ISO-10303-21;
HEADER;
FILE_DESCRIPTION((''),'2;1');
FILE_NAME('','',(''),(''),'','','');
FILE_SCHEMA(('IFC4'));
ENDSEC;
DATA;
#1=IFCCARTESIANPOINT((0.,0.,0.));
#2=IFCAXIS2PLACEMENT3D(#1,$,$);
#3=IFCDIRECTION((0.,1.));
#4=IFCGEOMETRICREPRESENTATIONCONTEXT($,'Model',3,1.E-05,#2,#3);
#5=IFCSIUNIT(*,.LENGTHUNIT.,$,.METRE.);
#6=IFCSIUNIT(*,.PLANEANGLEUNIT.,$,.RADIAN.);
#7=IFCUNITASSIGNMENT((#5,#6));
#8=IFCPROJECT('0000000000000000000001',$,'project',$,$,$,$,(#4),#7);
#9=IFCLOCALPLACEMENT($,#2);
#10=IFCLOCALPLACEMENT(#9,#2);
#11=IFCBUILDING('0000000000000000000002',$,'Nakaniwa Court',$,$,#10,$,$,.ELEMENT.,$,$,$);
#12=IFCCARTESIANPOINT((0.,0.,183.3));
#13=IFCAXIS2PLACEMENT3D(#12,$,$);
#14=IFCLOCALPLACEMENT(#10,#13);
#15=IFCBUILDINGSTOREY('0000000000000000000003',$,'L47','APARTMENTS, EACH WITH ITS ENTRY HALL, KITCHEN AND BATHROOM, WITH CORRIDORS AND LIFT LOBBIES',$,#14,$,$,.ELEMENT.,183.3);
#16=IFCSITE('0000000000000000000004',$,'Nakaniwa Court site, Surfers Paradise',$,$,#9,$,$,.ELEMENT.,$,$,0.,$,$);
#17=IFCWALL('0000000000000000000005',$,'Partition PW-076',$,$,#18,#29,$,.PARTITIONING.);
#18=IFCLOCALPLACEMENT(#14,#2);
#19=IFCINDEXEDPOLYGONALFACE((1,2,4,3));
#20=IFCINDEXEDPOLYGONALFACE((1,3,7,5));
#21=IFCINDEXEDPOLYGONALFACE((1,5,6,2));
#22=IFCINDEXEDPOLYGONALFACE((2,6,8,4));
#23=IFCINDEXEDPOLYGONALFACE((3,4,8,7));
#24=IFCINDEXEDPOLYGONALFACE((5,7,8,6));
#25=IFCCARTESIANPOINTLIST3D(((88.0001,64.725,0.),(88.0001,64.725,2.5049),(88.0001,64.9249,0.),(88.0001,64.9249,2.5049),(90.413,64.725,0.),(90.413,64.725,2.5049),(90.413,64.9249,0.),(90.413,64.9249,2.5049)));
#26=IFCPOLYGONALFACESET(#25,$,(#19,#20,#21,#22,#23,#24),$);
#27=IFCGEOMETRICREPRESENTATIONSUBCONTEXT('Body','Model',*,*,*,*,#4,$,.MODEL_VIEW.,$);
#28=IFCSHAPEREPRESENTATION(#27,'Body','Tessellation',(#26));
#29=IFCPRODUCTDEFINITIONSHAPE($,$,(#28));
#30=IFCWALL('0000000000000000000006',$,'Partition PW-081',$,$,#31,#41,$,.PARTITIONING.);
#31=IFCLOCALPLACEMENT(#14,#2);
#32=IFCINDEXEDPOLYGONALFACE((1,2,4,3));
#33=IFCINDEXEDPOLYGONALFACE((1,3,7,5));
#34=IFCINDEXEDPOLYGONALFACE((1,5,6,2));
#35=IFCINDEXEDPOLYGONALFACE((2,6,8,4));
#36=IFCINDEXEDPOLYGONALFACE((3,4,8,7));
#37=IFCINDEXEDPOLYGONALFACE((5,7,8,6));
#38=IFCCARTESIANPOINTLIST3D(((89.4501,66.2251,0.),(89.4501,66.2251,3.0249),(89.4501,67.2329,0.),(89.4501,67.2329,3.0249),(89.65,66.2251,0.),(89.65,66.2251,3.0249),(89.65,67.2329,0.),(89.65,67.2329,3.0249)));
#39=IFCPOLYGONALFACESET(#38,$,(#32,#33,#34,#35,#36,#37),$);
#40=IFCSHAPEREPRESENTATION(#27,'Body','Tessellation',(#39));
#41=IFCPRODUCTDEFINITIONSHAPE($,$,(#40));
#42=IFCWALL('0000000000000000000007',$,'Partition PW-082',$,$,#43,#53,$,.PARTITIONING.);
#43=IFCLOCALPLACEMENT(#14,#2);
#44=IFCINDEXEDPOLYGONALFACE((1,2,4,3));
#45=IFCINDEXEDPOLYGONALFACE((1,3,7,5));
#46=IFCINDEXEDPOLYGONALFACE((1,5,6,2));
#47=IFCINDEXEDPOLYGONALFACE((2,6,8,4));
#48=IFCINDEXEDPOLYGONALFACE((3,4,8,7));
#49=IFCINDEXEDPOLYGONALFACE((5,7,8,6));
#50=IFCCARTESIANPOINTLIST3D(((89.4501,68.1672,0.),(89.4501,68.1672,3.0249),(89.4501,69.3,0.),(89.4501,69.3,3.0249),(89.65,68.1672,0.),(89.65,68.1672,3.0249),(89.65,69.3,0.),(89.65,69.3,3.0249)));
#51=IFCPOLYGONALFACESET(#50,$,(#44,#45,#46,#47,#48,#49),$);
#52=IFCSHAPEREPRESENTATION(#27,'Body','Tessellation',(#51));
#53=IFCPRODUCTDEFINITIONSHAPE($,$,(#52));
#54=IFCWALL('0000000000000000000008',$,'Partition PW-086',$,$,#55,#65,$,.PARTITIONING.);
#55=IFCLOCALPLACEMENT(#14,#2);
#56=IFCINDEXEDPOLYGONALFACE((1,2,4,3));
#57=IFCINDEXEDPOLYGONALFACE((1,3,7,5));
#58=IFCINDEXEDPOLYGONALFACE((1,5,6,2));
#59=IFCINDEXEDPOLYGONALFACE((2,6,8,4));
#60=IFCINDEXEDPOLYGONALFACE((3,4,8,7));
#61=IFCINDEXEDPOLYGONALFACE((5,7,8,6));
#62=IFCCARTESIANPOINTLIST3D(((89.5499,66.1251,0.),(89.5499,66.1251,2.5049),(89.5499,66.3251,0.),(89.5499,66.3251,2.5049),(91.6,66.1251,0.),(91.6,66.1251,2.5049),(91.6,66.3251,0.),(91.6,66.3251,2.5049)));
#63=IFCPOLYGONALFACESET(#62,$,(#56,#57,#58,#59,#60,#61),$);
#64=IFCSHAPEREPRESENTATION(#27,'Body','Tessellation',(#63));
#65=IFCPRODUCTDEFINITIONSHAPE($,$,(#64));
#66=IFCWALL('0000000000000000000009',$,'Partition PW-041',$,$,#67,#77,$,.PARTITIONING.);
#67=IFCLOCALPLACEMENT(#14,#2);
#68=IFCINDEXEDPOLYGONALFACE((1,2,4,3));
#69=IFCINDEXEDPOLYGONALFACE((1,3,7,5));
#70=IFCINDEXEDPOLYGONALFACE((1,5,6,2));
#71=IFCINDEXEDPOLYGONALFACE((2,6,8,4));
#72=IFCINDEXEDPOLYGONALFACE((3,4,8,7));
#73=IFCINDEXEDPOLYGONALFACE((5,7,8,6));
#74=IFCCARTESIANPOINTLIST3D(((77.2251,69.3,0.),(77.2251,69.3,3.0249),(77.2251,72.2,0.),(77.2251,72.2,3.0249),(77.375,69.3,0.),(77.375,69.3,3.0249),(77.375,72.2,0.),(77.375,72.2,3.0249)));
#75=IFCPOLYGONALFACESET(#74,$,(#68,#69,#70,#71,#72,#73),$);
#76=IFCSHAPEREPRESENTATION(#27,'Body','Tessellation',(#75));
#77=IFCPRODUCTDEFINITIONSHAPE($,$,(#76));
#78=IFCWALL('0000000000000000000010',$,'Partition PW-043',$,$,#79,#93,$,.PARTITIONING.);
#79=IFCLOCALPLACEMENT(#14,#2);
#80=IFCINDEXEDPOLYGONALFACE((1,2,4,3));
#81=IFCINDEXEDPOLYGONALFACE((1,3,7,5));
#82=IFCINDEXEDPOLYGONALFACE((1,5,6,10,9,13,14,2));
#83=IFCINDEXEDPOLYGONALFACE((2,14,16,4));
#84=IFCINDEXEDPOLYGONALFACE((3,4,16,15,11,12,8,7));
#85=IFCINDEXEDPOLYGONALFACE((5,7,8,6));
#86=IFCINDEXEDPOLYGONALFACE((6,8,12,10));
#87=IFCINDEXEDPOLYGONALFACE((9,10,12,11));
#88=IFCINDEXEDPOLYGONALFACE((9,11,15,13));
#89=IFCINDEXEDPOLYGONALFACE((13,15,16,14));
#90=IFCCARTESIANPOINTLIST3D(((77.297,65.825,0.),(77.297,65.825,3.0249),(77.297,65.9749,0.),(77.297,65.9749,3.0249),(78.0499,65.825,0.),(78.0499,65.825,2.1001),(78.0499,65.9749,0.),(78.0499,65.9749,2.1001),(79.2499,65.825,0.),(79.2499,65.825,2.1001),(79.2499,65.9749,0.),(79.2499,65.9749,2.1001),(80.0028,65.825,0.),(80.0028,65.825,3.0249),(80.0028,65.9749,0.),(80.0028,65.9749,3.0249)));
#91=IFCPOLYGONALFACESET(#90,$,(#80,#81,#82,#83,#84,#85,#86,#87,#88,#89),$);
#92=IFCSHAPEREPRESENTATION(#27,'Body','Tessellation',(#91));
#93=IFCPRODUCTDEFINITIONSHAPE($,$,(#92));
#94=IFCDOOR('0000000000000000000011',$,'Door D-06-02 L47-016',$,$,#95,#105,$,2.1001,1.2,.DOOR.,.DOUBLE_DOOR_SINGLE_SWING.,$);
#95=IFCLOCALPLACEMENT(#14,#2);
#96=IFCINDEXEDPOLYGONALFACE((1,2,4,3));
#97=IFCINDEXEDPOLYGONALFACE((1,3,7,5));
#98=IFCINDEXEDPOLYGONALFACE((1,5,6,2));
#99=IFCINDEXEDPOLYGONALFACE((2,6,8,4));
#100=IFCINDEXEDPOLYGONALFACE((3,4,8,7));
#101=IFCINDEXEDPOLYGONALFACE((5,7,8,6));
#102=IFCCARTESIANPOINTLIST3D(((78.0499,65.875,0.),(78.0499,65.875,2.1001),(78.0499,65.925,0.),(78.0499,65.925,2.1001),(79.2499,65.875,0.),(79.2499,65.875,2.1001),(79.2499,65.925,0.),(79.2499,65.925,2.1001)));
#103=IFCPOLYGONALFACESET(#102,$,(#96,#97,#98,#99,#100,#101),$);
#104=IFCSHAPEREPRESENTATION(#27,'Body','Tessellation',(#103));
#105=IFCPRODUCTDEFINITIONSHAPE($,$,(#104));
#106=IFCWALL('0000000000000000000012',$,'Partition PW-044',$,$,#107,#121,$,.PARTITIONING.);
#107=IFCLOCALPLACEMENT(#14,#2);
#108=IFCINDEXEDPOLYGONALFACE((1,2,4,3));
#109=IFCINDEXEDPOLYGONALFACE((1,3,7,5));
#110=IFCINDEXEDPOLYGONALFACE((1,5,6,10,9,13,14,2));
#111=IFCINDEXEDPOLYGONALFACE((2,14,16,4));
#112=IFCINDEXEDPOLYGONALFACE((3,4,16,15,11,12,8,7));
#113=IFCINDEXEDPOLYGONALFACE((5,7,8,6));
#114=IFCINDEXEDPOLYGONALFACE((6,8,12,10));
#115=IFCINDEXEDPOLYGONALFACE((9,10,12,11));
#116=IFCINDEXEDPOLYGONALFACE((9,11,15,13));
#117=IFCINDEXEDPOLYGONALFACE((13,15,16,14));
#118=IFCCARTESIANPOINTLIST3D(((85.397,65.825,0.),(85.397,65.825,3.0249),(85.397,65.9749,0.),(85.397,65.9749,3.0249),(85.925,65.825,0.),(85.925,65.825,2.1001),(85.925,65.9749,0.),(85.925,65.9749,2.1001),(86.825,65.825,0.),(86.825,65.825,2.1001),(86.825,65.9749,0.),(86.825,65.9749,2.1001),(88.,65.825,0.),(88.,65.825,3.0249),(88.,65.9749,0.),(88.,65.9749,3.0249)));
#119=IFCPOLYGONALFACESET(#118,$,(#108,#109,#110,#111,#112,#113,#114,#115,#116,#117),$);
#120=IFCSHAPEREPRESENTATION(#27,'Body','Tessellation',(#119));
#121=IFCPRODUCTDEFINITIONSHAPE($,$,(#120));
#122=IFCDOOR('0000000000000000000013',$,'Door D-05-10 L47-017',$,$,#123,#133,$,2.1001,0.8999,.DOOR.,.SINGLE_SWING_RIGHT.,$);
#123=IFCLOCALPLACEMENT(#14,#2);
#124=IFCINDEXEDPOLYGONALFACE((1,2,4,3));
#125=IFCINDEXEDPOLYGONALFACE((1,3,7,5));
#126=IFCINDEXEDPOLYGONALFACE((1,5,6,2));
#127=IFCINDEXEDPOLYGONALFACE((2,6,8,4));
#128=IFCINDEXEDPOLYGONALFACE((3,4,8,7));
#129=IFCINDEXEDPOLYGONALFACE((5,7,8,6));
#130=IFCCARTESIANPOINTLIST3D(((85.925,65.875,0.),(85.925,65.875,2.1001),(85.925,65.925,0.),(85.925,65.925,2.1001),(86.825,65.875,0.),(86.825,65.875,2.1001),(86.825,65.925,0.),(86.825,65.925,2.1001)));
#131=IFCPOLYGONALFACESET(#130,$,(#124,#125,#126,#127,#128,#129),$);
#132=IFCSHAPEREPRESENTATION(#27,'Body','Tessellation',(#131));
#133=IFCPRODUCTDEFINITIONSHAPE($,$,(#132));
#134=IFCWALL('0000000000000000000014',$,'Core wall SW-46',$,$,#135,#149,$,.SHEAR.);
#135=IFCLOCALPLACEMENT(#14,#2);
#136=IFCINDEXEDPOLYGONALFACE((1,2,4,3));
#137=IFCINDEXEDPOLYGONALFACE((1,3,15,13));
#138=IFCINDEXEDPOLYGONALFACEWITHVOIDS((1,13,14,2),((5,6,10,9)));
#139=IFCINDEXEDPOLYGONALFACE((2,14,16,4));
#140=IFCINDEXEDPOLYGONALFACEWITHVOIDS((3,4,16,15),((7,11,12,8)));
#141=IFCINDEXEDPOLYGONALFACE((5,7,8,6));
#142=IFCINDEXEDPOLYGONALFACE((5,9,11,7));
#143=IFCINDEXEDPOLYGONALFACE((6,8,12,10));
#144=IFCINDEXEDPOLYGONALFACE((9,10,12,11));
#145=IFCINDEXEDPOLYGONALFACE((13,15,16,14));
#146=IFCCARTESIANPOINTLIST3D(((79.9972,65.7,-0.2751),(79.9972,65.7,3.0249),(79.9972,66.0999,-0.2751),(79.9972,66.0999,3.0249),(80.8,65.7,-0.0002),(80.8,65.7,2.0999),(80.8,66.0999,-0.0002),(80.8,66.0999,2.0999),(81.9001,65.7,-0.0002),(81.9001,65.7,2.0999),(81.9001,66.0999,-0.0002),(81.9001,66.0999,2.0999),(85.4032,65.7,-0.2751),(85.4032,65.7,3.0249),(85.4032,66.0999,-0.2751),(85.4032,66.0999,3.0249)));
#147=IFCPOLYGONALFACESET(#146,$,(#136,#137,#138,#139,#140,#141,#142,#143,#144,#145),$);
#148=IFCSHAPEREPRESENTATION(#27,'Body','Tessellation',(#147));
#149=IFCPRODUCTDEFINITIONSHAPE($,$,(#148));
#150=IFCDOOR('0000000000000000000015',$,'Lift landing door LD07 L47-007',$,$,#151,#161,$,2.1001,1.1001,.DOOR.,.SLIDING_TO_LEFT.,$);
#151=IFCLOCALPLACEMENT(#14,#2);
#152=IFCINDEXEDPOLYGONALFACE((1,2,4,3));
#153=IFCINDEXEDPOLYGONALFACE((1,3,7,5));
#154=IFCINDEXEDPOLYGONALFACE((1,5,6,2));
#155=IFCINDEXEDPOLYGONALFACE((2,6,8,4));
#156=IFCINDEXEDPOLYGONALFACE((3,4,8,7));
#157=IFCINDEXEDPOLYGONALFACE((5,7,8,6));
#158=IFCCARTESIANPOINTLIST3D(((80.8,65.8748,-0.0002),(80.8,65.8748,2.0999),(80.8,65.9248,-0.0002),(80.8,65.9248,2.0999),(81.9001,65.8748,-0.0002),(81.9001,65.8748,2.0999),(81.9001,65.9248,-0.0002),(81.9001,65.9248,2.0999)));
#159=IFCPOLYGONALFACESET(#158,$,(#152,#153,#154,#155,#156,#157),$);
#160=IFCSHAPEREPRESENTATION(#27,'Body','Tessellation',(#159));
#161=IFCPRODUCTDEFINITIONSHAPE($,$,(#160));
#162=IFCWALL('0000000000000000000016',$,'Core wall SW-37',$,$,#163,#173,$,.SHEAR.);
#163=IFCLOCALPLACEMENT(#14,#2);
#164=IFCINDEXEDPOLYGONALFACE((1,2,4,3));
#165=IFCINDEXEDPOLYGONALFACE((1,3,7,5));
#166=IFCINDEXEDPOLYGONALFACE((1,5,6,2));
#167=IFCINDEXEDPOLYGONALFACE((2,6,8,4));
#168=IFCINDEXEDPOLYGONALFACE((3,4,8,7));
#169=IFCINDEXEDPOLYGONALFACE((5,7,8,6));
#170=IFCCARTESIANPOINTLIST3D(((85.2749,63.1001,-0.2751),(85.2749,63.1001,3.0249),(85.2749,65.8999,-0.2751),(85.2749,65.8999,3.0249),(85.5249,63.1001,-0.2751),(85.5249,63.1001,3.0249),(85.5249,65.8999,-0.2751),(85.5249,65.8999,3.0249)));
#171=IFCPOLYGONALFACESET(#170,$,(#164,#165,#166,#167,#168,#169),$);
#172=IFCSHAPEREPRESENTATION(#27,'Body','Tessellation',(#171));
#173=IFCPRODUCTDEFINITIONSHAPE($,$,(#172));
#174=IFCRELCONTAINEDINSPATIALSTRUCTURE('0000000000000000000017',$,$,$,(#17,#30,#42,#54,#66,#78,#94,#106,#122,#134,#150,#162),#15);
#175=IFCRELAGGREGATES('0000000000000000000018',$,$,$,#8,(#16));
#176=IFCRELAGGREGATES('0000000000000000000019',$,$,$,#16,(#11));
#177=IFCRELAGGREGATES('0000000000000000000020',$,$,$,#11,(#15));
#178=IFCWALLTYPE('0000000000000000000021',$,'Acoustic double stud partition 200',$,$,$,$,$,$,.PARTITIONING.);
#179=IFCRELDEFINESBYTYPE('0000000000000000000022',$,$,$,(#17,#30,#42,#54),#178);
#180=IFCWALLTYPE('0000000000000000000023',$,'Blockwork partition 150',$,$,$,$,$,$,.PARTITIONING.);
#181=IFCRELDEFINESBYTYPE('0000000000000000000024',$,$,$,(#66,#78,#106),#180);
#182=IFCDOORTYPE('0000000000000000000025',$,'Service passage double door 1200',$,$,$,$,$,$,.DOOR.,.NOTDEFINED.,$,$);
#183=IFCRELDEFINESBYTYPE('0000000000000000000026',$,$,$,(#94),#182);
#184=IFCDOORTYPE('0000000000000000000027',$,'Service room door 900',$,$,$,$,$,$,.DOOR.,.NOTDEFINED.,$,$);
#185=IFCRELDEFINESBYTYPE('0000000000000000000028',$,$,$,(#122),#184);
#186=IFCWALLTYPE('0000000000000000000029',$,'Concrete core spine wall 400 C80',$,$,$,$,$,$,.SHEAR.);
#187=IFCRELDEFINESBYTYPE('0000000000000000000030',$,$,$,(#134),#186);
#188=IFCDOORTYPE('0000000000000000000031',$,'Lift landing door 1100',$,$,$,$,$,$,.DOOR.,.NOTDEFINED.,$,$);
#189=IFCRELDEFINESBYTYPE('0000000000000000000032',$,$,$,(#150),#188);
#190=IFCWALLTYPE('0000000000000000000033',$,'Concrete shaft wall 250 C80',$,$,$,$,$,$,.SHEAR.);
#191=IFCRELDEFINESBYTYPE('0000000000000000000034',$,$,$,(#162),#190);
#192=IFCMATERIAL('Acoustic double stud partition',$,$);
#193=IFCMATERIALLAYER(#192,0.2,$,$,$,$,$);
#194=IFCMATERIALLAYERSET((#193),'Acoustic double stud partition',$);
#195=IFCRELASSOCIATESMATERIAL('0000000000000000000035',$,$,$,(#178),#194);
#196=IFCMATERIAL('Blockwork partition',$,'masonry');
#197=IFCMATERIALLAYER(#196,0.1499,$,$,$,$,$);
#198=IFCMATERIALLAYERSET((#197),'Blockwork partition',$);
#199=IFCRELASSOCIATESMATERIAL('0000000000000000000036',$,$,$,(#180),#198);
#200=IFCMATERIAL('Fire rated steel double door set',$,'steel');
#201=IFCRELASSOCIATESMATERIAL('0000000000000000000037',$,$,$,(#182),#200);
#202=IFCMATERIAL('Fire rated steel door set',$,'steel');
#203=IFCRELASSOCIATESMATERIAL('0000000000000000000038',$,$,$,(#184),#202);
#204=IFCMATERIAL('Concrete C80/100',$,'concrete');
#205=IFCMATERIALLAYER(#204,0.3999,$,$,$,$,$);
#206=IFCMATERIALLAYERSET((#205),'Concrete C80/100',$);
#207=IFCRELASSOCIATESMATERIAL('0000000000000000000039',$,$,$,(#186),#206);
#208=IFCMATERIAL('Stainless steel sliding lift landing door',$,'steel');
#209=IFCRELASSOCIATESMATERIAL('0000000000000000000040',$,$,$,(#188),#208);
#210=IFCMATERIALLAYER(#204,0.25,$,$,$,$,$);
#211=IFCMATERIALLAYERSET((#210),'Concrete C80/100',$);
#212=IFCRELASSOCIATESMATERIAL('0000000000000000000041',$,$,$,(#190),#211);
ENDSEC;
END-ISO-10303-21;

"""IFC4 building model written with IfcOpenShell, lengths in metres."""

from ifc_helpers import new_model, si_unit, direction, frame, frame_2d, origin, place, context, subcontext, project, spatial, rectangle, extrude, material, layer, layer_set, type_object, element, fill, save


model = new_model("IFC4")

# Units and contexts
model_context = context("Model", 3, precision=1e-05, world=origin(), true_north=direction((0.0, 1.0)))
body_context = subcontext(model_context, "Body", "Model", "MODEL_VIEW")
ifc_project = project(units=[si_unit("LENGTHUNIT", "METRE"), si_unit("PLANEANGLEUNIT", "RADIAN")], contexts=[model_context])

# Site, building, storey
site_placement = place(None, origin())
site = spatial("IfcSite", under=ifc_project, at=site_placement, Name="Nakaniwa Court site, Surfers Paradise", CompositionType="ELEMENT", RefElevation=0.0)
building_placement = place(site_placement, origin())
building = spatial("IfcBuilding", under=site, at=building_placement, Name="Nakaniwa Court", CompositionType="ELEMENT")
storey_placement = place(building_placement, frame((0.0, 0.0, 183.3)))
storey = spatial("IfcBuildingStorey", under=building, at=storey_placement, Name="L47", Description="APARTMENTS, EACH WITH ITS ENTRY HALL, KITCHEN AND BATHROOM, WITH CORRIDORS AND LIFT LOBBIES", CompositionType="ELEMENT", Elevation=183.3)

# Walls
ifc_material_1 = material(Name="Acoustic double stud partition")
ifc_layer_1 = layer(ifc_material_1, 0.2)
ifc_layer_set_1 = layer_set([ifc_layer_1], Name="Acoustic double stud partition")
wall_type_1 = type_object("IfcWallType", Name="Acoustic double stud partition 200", PredefinedType="PARTITIONING", material=ifc_layer_set_1)
wall_1_placement = place(storey_placement, frame((88.0, 64.825, 0.0), z_axis=(0.0, 0.0, 1.0), x_axis=(1.0, 0.0, 0.0)))
element("IfcWall", 1, at=wall_1_placement, inside=storey, type_object=wall_type_1, Name="Partition PW-076", PredefinedType="PARTITIONING", context=body_context, shape_type="SweptSolid", body=[
    extrude(rectangle(XDim=2.4128, YDim=0.2, at=frame_2d((1.2065, 0.0))), origin(), (0.0, 0.0, 1.0), 2.5049),
])
wall_2_placement = place(storey_placement, frame((89.55, 66.2251, 0.0), z_axis=(0.0, 0.0, 1.0), x_axis=(0.0, 1.0, 0.0)))
element("IfcWall", 2, at=wall_2_placement, inside=storey, type_object=wall_type_1, Name="Partition PW-081", PredefinedType="PARTITIONING", context=body_context, shape_type="SweptSolid", body=[
    extrude(rectangle(XDim=1.0078, YDim=0.2, at=frame_2d((0.5039, 0.0))), origin(), (0.0, 0.0, 1.0), 3.0249),
])
wall_3_placement = place(storey_placement, frame((89.55, 68.1672, 0.0), z_axis=(0.0, 0.0, 1.0), x_axis=(0.0, 1.0, 0.0)))
element("IfcWall", 3, at=wall_3_placement, inside=storey, type_object=wall_type_1, Name="Partition PW-082", PredefinedType="PARTITIONING", context=body_context, shape_type="SweptSolid", body=[
    extrude(rectangle(XDim=1.1328, YDim=0.2, at=frame_2d((0.5664, 0.0))), origin(), (0.0, 0.0, 1.0), 3.0249),
])
wall_4_placement = place(storey_placement, frame((89.55, 66.2251, 0.0), z_axis=(0.0, 0.0, 1.0), x_axis=(1.0, 0.0, 0.0)))
element("IfcWall", 4, at=wall_4_placement, inside=storey, type_object=wall_type_1, Name="Partition PW-086", PredefinedType="PARTITIONING", context=body_context, shape_type="SweptSolid", body=[
    extrude(rectangle(XDim=2.05, YDim=0.2, at=frame_2d((1.0249, 0.0))), origin(), (0.0, 0.0, 1.0), 2.5049),
])
ifc_material_2 = material(Name="Blockwork partition", Category="masonry")
ifc_layer_2 = layer(ifc_material_2, 0.1499)
ifc_layer_set_2 = layer_set([ifc_layer_2], Name="Blockwork partition")
wall_type_2 = type_object("IfcWallType", Name="Blockwork partition 150", PredefinedType="PARTITIONING", material=ifc_layer_set_2)
wall_5_placement = place(storey_placement, frame((77.3, 69.3, 0.0), z_axis=(0.0, 0.0, 1.0), x_axis=(0.0, 1.0, 0.0)))
element("IfcWall", 5, at=wall_5_placement, inside=storey, type_object=wall_type_2, Name="Partition PW-041", PredefinedType="PARTITIONING", context=body_context, shape_type="SweptSolid", body=[
    extrude(rectangle(XDim=2.8999, YDim=0.1499, at=frame_2d((1.45, 0.0))), origin(), (0.0, 0.0, 1.0), 3.0249),
])

# Walls, openings, doors
wall_6_placement = place(storey_placement, frame((80.0029, 65.8999, 0.0), z_axis=(0.0, 0.0, 1.0), x_axis=(-1.0, 0.0, 0.0)))
wall_6 = element("IfcWall", 6, at=wall_6_placement, inside=storey, type_object=wall_type_2, Name="Partition PW-043", PredefinedType="PARTITIONING", context=body_context, shape_type="SweptSolid", body=[
    extrude(rectangle(XDim=2.7058, YDim=0.1499, at=frame_2d((1.353, 0.0))), origin(), (0.0, 0.0, 1.0), 3.0249),
])
opening_1_placement = place(wall_6_placement, frame((0.7529, 0.0, 0.0)))
opening_1 = element("IfcOpeningElement", 7, at=opening_1_placement, cuts=wall_6, PredefinedType="OPENING", context=body_context, shape_type="SweptSolid", body=[
    extrude(rectangle(XDim=1.2, YDim=2.1001, at=frame_2d((0.6001, 1.05))), frame((0.0, 0.085, 0.0), z_axis=(0.0, -1.0, 0.0), x_axis=(1.0, 0.0, 0.0)), (0.0, 0.0, 1.0), 0.1699),
])
ifc_material_3 = material(Name="Fire rated steel double door set", Category="steel")
door_type_1 = type_object("IfcDoorType", Name="Service passage double door 1200", OperationType="NOTDEFINED", PredefinedType="DOOR", material=ifc_material_3)
door_1_placement = place(opening_1_placement, origin())
door_1 = element("IfcDoor", 8, at=door_1_placement, inside=storey, type_object=door_type_1, Name="Door D-06-02 L47-016", OperationType="DOUBLE_DOOR_SINGLE_SWING", OverallHeight=2.1001, OverallWidth=1.2, PredefinedType="DOOR", context=body_context, shape_type="SweptSolid", body=[
    extrude(rectangle(XDim=1.2, YDim=2.1001, at=frame_2d((0.6001, 1.05))), frame((0.0, 0.0249, 0.0), z_axis=(0.0, -1.0, 0.0), x_axis=(1.0, 0.0, 0.0)), (0.0, 0.0, 1.0), 0.05),
])
fill(opening_1, door_1)
wall_7_placement = place(storey_placement, frame((88.0, 65.8999, 0.0), z_axis=(0.0, 0.0, 1.0), x_axis=(-1.0, 0.0, 0.0)))
wall_7 = element("IfcWall", 9, at=wall_7_placement, inside=storey, type_object=wall_type_2, Name="Partition PW-044", PredefinedType="PARTITIONING", context=body_context, shape_type="SweptSolid", body=[
    extrude(rectangle(XDim=2.603, YDim=0.1499, at=frame_2d((1.3015, 0.0))), origin(), (0.0, 0.0, 1.0), 3.0249),
])
opening_2_placement = place(wall_7_placement, frame((1.175, 0.0, 0.0)))
opening_2 = element("IfcOpeningElement", 10, at=opening_2_placement, cuts=wall_7, PredefinedType="OPENING", context=body_context, shape_type="SweptSolid", body=[
    extrude(rectangle(XDim=0.8999, YDim=2.1001, at=frame_2d((0.45, 1.05))), frame((0.0, 0.085, 0.0), z_axis=(0.0, -1.0, 0.0), x_axis=(1.0, 0.0, 0.0)), (0.0, 0.0, 1.0), 0.1699),
])
ifc_material_4 = material(Name="Fire rated steel door set", Category="steel")
door_type_2 = type_object("IfcDoorType", Name="Service room door 900", OperationType="NOTDEFINED", PredefinedType="DOOR", material=ifc_material_4)
door_2_placement = place(opening_2_placement, origin())
door_2 = element("IfcDoor", 11, at=door_2_placement, inside=storey, type_object=door_type_2, Name="Door D-05-10 L47-017", OperationType="SINGLE_SWING_RIGHT", OverallHeight=2.1001, OverallWidth=0.8999, PredefinedType="DOOR", context=body_context, shape_type="SweptSolid", body=[
    extrude(rectangle(XDim=0.8999, YDim=2.1001, at=frame_2d((0.45, 1.05))), frame((0.0, 0.0249, 0.0), z_axis=(0.0, -1.0, 0.0), x_axis=(1.0, 0.0, 0.0)), (0.0, 0.0, 1.0), 0.05),
])
fill(opening_2, door_2)
ifc_material_5 = material(Name="Concrete C80/100", Category="concrete")
ifc_layer_3 = layer(ifc_material_5, 0.3999)
ifc_layer_set_3 = layer_set([ifc_layer_3], Name="Concrete C80/100")
wall_type_3 = type_object("IfcWallType", Name="Concrete core spine wall 400 C80", PredefinedType="SHEAR", material=ifc_layer_set_3)
wall_8_placement = place(storey_placement, frame((79.9971, 65.8999, -0.2751), z_axis=(0.0, 0.0, 1.0), x_axis=(1.0, 0.0, 0.0)))
wall_8 = element("IfcWall", 12, at=wall_8_placement, inside=storey, type_object=wall_type_3, Name="Core wall SW-46", PredefinedType="SHEAR", context=body_context, shape_type="SweptSolid", body=[
    extrude(rectangle(XDim=5.406, YDim=0.3999, at=frame_2d((2.7031, 0.0))), origin(), (0.0, 0.0, 1.0), 3.3),
])
opening_3_placement = place(wall_8_placement, frame((0.803, 0.0, 0.2749)))
opening_3 = element("IfcOpeningElement", 13, at=opening_3_placement, cuts=wall_8, PredefinedType="OPENING", context=body_context, shape_type="SweptSolid", body=[
    extrude(rectangle(XDim=1.1001, YDim=2.1001, at=frame_2d((0.55, 1.05))), frame((0.0, 0.21, 0.0), z_axis=(0.0, -1.0, 0.0), x_axis=(1.0, 0.0, 0.0)), (0.0, 0.0, 1.0), 0.4199),
])
ifc_material_6 = material(Name="Stainless steel sliding lift landing door", Category="steel")
door_type_3 = type_object("IfcDoorType", Name="Lift landing door 1100", OperationType="NOTDEFINED", PredefinedType="DOOR", material=ifc_material_6)
door_3_placement = place(opening_3_placement, origin())
door_3 = element("IfcDoor", 14, at=door_3_placement, inside=storey, type_object=door_type_3, Name="Lift landing door LD07 L47-007", OperationType="SLIDING_TO_LEFT", OverallHeight=2.1001, OverallWidth=1.1001, PredefinedType="DOOR", context=body_context, shape_type="SweptSolid", body=[
    extrude(rectangle(XDim=1.1001, YDim=2.1001, at=frame_2d((0.55, 1.05))), frame((0.0, 0.0249, 0.0), z_axis=(0.0, -1.0, 0.0), x_axis=(1.0, 0.0, 0.0)), (0.0, 0.0, 1.0), 0.05),
])
fill(opening_3, door_3)

# Wall
ifc_layer_4 = layer(ifc_material_5, 0.25)
ifc_layer_set_4 = layer_set([ifc_layer_4], Name="Concrete C80/100")
wall_type_4 = type_object("IfcWallType", Name="Concrete shaft wall 250 C80", PredefinedType="SHEAR", material=ifc_layer_set_4)
wall_9_placement = place(storey_placement, frame((85.3999, 63.1001, -0.2751), z_axis=(0.0, 0.0, 1.0), x_axis=(0.0, 1.0, 0.0)))
element("IfcWall", 15, at=wall_9_placement, inside=storey, type_object=wall_type_4, Name="Core wall SW-37", PredefinedType="SHEAR", context=body_context, shape_type="SweptSolid", body=[
    extrude(rectangle(XDim=2.7998, YDim=0.25, at=frame_2d((1.3999, 0.0))), origin(), (0.0, 0.0, 1.0), 3.3),
])

save(model, "model.ifc")
